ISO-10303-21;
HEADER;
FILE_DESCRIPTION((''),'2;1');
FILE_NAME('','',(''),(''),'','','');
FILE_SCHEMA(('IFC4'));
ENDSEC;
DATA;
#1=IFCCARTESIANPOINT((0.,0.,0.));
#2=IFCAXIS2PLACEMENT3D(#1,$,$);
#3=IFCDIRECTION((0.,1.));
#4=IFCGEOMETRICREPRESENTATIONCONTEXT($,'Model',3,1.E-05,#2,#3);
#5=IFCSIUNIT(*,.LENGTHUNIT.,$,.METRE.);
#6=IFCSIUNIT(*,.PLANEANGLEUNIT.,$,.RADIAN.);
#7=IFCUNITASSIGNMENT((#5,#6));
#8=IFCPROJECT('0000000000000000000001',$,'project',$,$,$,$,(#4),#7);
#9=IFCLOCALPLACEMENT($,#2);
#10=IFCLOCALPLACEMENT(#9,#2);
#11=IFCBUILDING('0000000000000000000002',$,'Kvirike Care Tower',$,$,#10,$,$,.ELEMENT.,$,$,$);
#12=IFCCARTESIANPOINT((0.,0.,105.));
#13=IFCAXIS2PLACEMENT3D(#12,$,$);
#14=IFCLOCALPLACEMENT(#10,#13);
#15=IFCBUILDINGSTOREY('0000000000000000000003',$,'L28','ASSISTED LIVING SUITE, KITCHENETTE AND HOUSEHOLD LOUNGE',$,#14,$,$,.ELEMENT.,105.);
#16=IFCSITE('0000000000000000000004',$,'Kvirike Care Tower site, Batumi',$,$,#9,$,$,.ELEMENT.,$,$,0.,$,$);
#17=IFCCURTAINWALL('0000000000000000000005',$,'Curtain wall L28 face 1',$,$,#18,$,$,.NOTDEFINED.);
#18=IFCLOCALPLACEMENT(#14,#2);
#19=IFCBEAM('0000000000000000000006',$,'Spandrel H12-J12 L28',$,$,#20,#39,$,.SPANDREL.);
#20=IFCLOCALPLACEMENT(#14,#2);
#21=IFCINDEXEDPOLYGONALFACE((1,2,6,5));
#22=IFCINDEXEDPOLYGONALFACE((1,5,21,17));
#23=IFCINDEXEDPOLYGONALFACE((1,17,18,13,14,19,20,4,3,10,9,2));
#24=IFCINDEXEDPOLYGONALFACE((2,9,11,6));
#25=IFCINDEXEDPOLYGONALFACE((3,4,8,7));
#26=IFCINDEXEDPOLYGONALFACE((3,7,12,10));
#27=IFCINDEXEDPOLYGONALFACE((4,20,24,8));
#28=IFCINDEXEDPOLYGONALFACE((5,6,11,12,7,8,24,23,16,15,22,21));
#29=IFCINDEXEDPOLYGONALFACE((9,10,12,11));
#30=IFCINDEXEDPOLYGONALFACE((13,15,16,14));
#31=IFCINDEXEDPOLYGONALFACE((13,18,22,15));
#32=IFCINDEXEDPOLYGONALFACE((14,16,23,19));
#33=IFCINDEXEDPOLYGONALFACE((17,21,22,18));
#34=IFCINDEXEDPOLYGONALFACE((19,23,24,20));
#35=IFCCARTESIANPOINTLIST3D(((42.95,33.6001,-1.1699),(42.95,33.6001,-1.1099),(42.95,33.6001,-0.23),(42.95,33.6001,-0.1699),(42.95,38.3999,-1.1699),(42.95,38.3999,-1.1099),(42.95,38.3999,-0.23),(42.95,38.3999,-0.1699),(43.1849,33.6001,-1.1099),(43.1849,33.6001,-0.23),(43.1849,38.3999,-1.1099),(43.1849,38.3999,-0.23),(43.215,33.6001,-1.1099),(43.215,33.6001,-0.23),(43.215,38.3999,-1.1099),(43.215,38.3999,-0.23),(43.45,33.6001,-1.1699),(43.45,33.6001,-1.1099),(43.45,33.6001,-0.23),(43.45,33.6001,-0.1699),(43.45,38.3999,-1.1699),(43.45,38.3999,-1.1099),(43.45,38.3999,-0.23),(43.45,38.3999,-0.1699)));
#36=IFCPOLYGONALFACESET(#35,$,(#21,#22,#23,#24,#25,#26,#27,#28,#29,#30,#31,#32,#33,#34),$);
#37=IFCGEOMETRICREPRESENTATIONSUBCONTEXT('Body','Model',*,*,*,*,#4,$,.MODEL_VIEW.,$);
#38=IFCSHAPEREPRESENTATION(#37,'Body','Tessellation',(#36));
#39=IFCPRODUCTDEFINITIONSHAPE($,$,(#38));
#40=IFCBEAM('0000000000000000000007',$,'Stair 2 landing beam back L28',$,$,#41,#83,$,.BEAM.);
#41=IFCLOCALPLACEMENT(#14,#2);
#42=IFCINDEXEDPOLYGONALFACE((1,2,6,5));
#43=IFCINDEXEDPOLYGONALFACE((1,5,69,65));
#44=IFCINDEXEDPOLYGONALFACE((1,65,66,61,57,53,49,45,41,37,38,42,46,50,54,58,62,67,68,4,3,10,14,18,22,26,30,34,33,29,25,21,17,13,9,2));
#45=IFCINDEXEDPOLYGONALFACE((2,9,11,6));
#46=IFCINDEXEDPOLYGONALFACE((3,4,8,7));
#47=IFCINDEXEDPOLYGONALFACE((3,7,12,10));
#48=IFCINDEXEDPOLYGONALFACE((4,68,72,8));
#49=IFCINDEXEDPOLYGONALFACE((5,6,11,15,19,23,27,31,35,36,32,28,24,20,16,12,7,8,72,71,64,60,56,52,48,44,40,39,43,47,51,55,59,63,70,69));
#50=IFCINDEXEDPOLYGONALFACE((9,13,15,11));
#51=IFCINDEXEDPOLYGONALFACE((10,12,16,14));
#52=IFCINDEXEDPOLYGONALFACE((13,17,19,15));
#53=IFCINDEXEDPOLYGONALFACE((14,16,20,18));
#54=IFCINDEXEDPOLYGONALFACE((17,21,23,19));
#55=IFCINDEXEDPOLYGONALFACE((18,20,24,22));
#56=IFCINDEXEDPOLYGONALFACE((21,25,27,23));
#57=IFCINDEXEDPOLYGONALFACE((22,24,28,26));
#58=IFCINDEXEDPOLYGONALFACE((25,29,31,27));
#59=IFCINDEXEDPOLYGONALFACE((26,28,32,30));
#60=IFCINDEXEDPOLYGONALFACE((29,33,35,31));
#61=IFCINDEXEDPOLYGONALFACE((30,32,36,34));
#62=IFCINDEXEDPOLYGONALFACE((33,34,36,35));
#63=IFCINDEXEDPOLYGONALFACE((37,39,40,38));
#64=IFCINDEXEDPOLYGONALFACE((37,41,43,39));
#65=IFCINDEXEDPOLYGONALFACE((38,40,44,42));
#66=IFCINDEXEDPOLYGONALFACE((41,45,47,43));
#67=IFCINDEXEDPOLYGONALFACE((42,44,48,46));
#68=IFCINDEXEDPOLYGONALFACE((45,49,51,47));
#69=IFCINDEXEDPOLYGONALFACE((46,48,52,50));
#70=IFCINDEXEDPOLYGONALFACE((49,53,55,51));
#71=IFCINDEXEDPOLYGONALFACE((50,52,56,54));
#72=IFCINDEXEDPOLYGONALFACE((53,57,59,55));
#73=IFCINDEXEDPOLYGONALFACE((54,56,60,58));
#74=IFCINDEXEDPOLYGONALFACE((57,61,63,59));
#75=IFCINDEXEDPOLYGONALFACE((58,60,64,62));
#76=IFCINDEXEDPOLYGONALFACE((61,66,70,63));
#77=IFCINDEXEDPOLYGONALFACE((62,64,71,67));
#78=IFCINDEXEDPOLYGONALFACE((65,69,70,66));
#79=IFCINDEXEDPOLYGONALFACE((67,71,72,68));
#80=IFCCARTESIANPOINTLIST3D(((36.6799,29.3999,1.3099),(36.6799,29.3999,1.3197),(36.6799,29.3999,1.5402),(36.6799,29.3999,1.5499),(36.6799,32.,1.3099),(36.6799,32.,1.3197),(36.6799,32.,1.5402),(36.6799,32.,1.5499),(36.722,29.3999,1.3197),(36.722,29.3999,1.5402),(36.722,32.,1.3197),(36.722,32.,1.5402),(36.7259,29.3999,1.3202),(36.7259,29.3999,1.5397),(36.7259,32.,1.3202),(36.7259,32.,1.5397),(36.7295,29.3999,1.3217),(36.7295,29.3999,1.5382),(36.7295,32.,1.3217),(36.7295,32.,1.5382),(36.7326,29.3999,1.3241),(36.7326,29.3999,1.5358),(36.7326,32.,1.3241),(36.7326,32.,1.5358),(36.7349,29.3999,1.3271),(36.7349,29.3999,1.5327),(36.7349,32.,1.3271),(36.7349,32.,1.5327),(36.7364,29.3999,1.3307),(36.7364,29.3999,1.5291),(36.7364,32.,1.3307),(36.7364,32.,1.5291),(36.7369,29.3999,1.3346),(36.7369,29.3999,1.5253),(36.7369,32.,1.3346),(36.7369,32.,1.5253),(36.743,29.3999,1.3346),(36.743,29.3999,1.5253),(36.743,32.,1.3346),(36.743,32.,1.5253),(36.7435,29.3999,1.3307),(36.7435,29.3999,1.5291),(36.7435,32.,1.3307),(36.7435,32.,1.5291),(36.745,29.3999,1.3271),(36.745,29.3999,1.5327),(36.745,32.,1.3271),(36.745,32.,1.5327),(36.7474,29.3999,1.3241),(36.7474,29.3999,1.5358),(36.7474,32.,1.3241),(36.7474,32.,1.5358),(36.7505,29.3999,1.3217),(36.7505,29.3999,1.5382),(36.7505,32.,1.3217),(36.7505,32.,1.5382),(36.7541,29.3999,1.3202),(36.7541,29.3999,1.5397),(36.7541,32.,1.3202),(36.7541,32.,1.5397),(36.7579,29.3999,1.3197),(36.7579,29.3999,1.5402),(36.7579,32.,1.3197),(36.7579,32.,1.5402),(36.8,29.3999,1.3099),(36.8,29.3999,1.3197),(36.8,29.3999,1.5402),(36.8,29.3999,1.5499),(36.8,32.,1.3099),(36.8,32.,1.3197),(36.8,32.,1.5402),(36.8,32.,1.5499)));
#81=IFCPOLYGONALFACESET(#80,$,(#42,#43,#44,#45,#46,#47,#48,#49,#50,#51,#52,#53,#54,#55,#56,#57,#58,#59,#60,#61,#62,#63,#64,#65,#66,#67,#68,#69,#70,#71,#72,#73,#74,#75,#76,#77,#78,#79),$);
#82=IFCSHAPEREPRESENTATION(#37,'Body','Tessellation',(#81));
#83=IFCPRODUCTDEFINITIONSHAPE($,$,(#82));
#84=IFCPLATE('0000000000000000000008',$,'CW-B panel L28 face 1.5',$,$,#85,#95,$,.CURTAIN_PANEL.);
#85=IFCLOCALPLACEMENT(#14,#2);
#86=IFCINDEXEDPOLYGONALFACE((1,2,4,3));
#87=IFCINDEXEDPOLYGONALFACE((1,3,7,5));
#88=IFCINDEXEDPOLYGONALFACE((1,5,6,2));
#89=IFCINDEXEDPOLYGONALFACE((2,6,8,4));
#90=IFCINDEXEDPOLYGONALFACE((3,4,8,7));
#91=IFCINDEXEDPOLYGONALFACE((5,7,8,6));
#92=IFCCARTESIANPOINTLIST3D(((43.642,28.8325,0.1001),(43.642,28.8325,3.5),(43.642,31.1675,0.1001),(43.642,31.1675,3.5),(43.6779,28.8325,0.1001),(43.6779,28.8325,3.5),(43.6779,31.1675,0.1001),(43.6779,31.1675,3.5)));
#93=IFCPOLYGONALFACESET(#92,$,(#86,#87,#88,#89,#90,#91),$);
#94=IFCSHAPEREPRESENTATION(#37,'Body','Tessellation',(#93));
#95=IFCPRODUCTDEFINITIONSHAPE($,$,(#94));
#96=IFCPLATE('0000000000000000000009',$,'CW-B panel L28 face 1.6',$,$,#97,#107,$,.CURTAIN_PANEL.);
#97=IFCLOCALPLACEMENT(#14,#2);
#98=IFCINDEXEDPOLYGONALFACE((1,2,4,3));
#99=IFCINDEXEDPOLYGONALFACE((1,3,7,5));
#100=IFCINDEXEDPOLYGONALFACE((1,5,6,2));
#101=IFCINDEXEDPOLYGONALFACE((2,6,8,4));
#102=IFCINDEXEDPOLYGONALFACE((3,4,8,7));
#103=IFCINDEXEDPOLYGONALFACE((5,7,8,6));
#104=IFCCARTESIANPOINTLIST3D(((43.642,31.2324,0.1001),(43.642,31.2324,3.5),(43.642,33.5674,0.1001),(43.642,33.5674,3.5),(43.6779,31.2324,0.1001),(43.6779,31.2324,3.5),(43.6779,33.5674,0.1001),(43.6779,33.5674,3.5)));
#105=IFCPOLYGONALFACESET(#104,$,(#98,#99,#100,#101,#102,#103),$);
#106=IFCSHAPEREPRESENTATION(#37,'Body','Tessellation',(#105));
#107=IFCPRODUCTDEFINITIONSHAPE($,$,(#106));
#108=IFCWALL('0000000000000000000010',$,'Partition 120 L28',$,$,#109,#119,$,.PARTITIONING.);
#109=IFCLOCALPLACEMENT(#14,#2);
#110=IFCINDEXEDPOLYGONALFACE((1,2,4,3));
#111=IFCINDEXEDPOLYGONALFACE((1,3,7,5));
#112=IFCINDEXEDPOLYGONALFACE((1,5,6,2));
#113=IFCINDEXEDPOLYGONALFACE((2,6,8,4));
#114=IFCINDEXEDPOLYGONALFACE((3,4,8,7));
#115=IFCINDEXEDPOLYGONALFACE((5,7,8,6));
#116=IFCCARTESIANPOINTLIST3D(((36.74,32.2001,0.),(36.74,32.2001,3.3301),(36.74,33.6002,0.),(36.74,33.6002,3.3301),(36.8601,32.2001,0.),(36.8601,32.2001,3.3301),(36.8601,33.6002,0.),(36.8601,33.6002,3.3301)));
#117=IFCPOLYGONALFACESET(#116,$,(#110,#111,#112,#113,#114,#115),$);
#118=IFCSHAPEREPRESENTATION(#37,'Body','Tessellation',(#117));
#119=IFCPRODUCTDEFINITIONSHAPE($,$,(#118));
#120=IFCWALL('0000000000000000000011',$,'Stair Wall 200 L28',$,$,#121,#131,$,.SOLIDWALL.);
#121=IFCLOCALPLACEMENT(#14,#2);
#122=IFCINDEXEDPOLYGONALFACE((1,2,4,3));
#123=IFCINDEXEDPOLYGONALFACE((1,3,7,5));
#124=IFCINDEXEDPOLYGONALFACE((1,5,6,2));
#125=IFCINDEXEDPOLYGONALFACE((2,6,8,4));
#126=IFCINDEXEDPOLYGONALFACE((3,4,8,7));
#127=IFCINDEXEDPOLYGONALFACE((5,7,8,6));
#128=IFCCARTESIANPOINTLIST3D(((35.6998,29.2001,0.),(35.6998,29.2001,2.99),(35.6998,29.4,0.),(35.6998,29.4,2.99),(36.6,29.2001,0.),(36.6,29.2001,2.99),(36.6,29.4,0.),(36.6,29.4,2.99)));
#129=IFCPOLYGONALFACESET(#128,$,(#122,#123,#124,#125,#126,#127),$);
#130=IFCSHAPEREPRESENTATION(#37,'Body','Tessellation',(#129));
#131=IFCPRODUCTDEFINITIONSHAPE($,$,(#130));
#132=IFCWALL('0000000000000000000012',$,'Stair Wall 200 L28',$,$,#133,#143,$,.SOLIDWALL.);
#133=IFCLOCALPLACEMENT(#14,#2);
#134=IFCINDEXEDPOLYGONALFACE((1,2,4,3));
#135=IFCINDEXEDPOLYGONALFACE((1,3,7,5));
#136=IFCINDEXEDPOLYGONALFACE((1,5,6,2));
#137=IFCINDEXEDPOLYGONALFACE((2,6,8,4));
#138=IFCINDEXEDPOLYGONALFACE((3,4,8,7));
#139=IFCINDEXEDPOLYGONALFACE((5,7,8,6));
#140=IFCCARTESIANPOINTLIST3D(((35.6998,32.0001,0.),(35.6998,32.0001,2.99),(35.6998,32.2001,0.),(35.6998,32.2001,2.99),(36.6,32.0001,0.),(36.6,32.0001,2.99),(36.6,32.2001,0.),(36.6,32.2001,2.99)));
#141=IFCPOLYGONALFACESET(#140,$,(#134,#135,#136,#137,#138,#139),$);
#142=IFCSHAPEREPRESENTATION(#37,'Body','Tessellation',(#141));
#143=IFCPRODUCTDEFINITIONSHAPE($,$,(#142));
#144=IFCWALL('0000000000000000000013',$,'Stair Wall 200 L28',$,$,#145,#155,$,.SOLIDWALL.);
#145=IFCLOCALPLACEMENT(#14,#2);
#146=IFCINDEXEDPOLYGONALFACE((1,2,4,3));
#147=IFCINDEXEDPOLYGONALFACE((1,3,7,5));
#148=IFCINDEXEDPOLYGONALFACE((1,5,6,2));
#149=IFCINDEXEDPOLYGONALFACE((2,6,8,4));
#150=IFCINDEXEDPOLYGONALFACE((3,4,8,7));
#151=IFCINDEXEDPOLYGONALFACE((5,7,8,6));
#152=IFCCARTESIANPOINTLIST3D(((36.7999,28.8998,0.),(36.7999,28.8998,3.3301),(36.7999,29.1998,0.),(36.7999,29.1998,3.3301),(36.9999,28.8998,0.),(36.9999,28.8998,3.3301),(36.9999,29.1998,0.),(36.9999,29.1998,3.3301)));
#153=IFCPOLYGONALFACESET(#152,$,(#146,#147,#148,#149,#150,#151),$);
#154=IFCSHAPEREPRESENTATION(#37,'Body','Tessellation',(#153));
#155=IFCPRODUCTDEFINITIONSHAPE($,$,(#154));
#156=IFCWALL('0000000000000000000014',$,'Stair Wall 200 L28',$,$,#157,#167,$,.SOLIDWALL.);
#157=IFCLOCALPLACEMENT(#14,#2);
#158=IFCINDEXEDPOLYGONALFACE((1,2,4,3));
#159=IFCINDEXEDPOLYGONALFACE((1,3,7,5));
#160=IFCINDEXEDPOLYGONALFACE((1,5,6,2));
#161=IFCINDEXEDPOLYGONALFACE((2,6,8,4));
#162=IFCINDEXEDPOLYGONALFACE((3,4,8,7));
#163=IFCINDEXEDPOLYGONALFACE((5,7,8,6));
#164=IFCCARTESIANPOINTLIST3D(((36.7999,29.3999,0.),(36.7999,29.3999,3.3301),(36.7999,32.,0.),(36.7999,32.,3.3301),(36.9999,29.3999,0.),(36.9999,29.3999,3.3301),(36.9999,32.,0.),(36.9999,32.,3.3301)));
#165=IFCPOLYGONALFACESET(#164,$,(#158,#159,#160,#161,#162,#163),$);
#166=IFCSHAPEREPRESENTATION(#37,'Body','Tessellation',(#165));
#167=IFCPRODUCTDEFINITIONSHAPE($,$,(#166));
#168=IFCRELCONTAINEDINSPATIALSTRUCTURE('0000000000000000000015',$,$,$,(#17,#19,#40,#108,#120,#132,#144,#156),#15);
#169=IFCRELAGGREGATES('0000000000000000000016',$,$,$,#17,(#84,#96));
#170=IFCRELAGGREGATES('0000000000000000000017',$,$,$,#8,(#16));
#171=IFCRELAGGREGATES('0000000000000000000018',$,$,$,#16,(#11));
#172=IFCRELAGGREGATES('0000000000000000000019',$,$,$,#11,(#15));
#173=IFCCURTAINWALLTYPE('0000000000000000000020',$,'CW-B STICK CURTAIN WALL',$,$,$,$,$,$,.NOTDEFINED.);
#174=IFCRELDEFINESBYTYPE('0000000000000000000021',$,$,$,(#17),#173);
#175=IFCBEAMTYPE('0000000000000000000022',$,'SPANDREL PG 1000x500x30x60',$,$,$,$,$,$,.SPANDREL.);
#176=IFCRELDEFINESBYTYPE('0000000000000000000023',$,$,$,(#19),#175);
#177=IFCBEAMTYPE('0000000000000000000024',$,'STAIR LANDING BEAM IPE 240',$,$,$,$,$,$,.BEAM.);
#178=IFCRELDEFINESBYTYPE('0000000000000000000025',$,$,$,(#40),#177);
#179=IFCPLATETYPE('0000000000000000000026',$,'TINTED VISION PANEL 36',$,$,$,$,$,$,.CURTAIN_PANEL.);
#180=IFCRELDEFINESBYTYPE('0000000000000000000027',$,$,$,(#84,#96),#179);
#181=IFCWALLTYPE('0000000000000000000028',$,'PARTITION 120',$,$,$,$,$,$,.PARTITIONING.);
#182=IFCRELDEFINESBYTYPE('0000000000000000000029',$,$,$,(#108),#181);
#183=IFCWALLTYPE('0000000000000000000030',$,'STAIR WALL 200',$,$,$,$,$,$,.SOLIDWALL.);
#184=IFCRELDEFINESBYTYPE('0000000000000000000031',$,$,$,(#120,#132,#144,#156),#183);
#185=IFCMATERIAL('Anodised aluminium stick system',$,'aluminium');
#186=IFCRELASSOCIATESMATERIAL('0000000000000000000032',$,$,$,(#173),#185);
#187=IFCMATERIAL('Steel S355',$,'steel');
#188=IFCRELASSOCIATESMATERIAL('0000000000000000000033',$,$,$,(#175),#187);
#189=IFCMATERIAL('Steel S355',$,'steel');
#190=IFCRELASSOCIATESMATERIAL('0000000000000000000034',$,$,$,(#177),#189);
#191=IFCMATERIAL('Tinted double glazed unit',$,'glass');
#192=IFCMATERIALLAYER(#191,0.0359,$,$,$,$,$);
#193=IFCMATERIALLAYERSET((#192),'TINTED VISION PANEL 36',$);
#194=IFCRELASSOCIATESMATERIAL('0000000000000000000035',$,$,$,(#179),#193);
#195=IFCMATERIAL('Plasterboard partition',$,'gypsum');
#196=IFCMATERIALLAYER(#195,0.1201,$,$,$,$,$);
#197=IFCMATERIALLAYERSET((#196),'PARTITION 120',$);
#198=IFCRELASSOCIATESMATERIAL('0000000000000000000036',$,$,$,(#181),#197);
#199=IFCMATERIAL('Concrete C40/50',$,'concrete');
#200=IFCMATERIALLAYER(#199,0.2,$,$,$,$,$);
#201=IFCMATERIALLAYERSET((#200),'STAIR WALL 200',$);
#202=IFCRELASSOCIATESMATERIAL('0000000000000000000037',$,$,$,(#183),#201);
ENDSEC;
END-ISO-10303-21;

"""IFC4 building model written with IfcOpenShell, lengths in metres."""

from ifc_helpers import new_model, si_unit, direction, frame, frame_2d, origin, origin_2d, place, context, subcontext, project, spatial, rectangle, i_section, extrude, material, layer, layer_set, material_profile, profile_set, type_object, element, aggregate, save


model = new_model("IFC4")

# Units and contexts
model_context = context("Model", 3, precision=1e-05, world=origin(), true_north=direction((0.0, 1.0)))
body_context = subcontext(model_context, "Body", "Model", "MODEL_VIEW")
ifc_project = project(units=[si_unit("LENGTHUNIT", "METRE"), si_unit("PLANEANGLEUNIT", "RADIAN")], contexts=[model_context])

# Site, building, storey
site_placement = place(None, origin())
site = spatial("IfcSite", under=ifc_project, at=site_placement, Name="Kvirike Care Tower site, Batumi", CompositionType="ELEMENT", RefElevation=0.0)
building_placement = place(site_placement, origin())
building = spatial("IfcBuilding", under=site, at=building_placement, Name="Kvirike Care Tower", CompositionType="ELEMENT")
storey_placement = place(building_placement, frame((0.0, 0.0, 105.0)))
storey = spatial("IfcBuildingStorey", under=building, at=storey_placement, Name="L28", Description="ASSISTED LIVING SUITE, KITCHENETTE AND HOUSEHOLD LOUNGE", CompositionType="ELEMENT", Elevation=105.0)

# Curtain wall
ifc_material_1 = material(Name="Anodised aluminium stick system", Category="aluminium")
curtain_wall_type = type_object("IfcCurtainWallType", Name="CW-B STICK CURTAIN WALL", PredefinedType="NOTDEFINED", material=ifc_material_1)
curtain_wall_placement = place(storey_placement, origin())
curtain_wall = element("IfcCurtainWall", 1, at=curtain_wall_placement, inside=storey, type_object=curtain_wall_type, Name="Curtain wall L28 face 1", PredefinedType="NOTDEFINED")

# Beams
ifc_material_2 = material(Name="Steel S355", Category="steel")
ifc_material_profile_1 = material_profile(ifc_material_2, i_section(OverallWidth=0.5, OverallDepth=1.0, WebThickness=0.03, FlangeThickness=0.0601, at=origin_2d()), Name="PG 1000x500x30x60")
ifc_profile_set_1 = profile_set([ifc_material_profile_1], Name="Steel S355")
beam_type_1 = type_object("IfcBeamType", Name="SPANDREL PG 1000x500x30x60", PredefinedType="SPANDREL", material=ifc_profile_set_1)
beam_1_placement = place(storey_placement, frame((43.2, 33.6001, -0.6699), z_axis=(0.0, 1.0, 0.0), x_axis=(-1.0, 0.0, 0.0)))
element("IfcBeam", 2, at=beam_1_placement, inside=storey, type_object=beam_type_1, Name="Spandrel H12-J12 L28", PredefinedType="SPANDREL", context=body_context, shape_type="SweptSolid", body=[
    extrude(i_section(OverallWidth=0.5, OverallDepth=1.0, WebThickness=0.03, FlangeThickness=0.0601, at=origin_2d()), origin(), (0.0, 0.0, 1.0), 4.7998),
])
ifc_material_3 = material(Name="Steel S355", Category="steel")
ifc_material_profile_2 = material_profile(ifc_material_3, i_section(OverallWidth=0.1201, OverallDepth=0.24, WebThickness=0.0061, FlangeThickness=0.0098, FilletRadius=0.0149, at=origin_2d()), Name="IPE 240")
ifc_profile_set_2 = profile_set([ifc_material_profile_2], Name="Steel S355")
beam_type_2 = type_object("IfcBeamType", Name="STAIR LANDING BEAM IPE 240", PredefinedType="BEAM", material=ifc_profile_set_2)
beam_2_placement = place(storey_placement, frame((36.74, 29.3999, 1.4299), z_axis=(0.0, 1.0, 0.0), x_axis=(-1.0, 0.0, 0.0)))
element("IfcBeam", 3, at=beam_2_placement, inside=storey, type_object=beam_type_2, Name="Stair 2 landing beam back L28", PredefinedType="BEAM", context=body_context, shape_type="SweptSolid", body=[
    extrude(i_section(OverallWidth=0.1201, OverallDepth=0.24, WebThickness=0.0061, FlangeThickness=0.0098, FilletRadius=0.0149, at=origin_2d()), origin(), (0.0, 0.0, 1.0), 2.6001),
])

# Plates
ifc_material_4 = material(Name="Tinted double glazed unit", Category="glass")
ifc_layer_1 = layer(ifc_material_4, 0.0359)
ifc_layer_set_1 = layer_set([ifc_layer_1], Name="TINTED VISION PANEL 36")
plate_type = type_object("IfcPlateType", Name="TINTED VISION PANEL 36", PredefinedType="CURTAIN_PANEL", material=ifc_layer_set_1)
plate_1_placement = place(storey_placement, frame((43.6599, 30.0, 0.1001), z_axis=(0.0, 0.0, 1.0), x_axis=(0.0, 1.0, 0.0)))
plate_1 = element("IfcPlate", 4, at=plate_1_placement, type_object=plate_type, Name="CW-B panel L28 face 1.5", PredefinedType="CURTAIN_PANEL", context=body_context, shape_type="SweptSolid", body=[
    extrude(rectangle(XDim=2.335, YDim=0.0359, at=origin_2d()), origin(), (0.0, 0.0, 1.0), 3.3999),
])
plate_2_placement = place(storey_placement, frame((43.6599, 32.3999, 0.1001), z_axis=(0.0, 0.0, 1.0), x_axis=(0.0, 1.0, 0.0)))
plate_2 = element("IfcPlate", 5, at=plate_2_placement, type_object=plate_type, Name="CW-B panel L28 face 1.6", PredefinedType="CURTAIN_PANEL", context=body_context, shape_type="SweptSolid", body=[
    extrude(rectangle(XDim=2.335, YDim=0.0359, at=origin_2d()), origin(), (0.0, 0.0, 1.0), 3.3999),
])
aggregate(curtain_wall, [plate_1, plate_2])

# Walls
ifc_material_5 = material(Name="Plasterboard partition", Category="gypsum")
ifc_layer_2 = layer(ifc_material_5, 0.1201)
ifc_layer_set_2 = layer_set([ifc_layer_2], Name="PARTITION 120")
wall_type_1 = type_object("IfcWallType", Name="PARTITION 120", PredefinedType="PARTITIONING", material=ifc_layer_set_2)
wall_1_placement = place(storey_placement, frame((36.8, 32.2, 0.0), z_axis=(0.0, 0.0, 1.0), x_axis=(0.0, 1.0, 0.0)))
element("IfcWall", 6, at=wall_1_placement, inside=storey, type_object=wall_type_1, Name="Partition 120 L28", PredefinedType="PARTITIONING", context=body_context, shape_type="SweptSolid", body=[
    extrude(rectangle(XDim=1.4001, YDim=0.1201, at=frame_2d((0.7002, 0.0))), origin(), (0.0, 0.0, 1.0), 3.3301),
])
ifc_material_6 = material(Name="Concrete C40/50", Category="concrete")
ifc_layer_3 = layer(ifc_material_6, 0.2)
ifc_layer_set_3 = layer_set([ifc_layer_3], Name="STAIR WALL 200")
wall_type_2 = type_object("IfcWallType", Name="STAIR WALL 200", PredefinedType="SOLIDWALL", material=ifc_layer_set_3)
for number, where, z_axis, x_axis, name in (
    (7, (36.6001, 29.3, 0.0), (0.0, 0.0, 1.0), (-1.0, 0.0, 0.0), "Stair Wall 200 L28"),
    (8, (36.6001, 32.1001, 0.0), (0.0, 0.0, 1.0), (-1.0, 0.0, 0.0), "Stair Wall 200 L28"),
):
    element("IfcWall", number, at=place(storey_placement, frame(where, z_axis=z_axis, x_axis=x_axis)), inside=storey, type_object=wall_type_2, Name=name, PredefinedType="SOLIDWALL", context=body_context, shape_type="SweptSolid", body=[
        extrude(rectangle(XDim=0.9001, YDim=0.2, at=frame_2d((0.4502, 0.0))), origin(), (0.0, 0.0, 1.0), 2.99),
    ])
wall_2_placement = place(storey_placement, frame((36.8999, 28.8999, 0.0), z_axis=(0.0, 0.0, 1.0), x_axis=(0.0, 1.0, 0.0)))
element("IfcWall", 9, at=wall_2_placement, inside=storey, type_object=wall_type_2, Name="Stair Wall 200 L28", PredefinedType="SOLIDWALL", context=body_context, shape_type="SweptSolid", body=[
    extrude(rectangle(XDim=0.3, YDim=0.2, at=frame_2d((0.1499, 0.0))), origin(), (0.0, 0.0, 1.0), 3.3301),
])
wall_3_placement = place(storey_placement, frame((36.8999, 29.3999, 0.0), z_axis=(0.0, 0.0, 1.0), x_axis=(0.0, 1.0, 0.0)))
element("IfcWall", 10, at=wall_3_placement, inside=storey, type_object=wall_type_2, Name="Stair Wall 200 L28", PredefinedType="SOLIDWALL", context=body_context, shape_type="SweptSolid", body=[
    extrude(rectangle(XDim=2.6001, YDim=0.2, at=frame_2d((1.3, 0.0))), origin(), (0.0, 0.0, 1.0), 3.3301),
])

save(model, "model.ifc")
